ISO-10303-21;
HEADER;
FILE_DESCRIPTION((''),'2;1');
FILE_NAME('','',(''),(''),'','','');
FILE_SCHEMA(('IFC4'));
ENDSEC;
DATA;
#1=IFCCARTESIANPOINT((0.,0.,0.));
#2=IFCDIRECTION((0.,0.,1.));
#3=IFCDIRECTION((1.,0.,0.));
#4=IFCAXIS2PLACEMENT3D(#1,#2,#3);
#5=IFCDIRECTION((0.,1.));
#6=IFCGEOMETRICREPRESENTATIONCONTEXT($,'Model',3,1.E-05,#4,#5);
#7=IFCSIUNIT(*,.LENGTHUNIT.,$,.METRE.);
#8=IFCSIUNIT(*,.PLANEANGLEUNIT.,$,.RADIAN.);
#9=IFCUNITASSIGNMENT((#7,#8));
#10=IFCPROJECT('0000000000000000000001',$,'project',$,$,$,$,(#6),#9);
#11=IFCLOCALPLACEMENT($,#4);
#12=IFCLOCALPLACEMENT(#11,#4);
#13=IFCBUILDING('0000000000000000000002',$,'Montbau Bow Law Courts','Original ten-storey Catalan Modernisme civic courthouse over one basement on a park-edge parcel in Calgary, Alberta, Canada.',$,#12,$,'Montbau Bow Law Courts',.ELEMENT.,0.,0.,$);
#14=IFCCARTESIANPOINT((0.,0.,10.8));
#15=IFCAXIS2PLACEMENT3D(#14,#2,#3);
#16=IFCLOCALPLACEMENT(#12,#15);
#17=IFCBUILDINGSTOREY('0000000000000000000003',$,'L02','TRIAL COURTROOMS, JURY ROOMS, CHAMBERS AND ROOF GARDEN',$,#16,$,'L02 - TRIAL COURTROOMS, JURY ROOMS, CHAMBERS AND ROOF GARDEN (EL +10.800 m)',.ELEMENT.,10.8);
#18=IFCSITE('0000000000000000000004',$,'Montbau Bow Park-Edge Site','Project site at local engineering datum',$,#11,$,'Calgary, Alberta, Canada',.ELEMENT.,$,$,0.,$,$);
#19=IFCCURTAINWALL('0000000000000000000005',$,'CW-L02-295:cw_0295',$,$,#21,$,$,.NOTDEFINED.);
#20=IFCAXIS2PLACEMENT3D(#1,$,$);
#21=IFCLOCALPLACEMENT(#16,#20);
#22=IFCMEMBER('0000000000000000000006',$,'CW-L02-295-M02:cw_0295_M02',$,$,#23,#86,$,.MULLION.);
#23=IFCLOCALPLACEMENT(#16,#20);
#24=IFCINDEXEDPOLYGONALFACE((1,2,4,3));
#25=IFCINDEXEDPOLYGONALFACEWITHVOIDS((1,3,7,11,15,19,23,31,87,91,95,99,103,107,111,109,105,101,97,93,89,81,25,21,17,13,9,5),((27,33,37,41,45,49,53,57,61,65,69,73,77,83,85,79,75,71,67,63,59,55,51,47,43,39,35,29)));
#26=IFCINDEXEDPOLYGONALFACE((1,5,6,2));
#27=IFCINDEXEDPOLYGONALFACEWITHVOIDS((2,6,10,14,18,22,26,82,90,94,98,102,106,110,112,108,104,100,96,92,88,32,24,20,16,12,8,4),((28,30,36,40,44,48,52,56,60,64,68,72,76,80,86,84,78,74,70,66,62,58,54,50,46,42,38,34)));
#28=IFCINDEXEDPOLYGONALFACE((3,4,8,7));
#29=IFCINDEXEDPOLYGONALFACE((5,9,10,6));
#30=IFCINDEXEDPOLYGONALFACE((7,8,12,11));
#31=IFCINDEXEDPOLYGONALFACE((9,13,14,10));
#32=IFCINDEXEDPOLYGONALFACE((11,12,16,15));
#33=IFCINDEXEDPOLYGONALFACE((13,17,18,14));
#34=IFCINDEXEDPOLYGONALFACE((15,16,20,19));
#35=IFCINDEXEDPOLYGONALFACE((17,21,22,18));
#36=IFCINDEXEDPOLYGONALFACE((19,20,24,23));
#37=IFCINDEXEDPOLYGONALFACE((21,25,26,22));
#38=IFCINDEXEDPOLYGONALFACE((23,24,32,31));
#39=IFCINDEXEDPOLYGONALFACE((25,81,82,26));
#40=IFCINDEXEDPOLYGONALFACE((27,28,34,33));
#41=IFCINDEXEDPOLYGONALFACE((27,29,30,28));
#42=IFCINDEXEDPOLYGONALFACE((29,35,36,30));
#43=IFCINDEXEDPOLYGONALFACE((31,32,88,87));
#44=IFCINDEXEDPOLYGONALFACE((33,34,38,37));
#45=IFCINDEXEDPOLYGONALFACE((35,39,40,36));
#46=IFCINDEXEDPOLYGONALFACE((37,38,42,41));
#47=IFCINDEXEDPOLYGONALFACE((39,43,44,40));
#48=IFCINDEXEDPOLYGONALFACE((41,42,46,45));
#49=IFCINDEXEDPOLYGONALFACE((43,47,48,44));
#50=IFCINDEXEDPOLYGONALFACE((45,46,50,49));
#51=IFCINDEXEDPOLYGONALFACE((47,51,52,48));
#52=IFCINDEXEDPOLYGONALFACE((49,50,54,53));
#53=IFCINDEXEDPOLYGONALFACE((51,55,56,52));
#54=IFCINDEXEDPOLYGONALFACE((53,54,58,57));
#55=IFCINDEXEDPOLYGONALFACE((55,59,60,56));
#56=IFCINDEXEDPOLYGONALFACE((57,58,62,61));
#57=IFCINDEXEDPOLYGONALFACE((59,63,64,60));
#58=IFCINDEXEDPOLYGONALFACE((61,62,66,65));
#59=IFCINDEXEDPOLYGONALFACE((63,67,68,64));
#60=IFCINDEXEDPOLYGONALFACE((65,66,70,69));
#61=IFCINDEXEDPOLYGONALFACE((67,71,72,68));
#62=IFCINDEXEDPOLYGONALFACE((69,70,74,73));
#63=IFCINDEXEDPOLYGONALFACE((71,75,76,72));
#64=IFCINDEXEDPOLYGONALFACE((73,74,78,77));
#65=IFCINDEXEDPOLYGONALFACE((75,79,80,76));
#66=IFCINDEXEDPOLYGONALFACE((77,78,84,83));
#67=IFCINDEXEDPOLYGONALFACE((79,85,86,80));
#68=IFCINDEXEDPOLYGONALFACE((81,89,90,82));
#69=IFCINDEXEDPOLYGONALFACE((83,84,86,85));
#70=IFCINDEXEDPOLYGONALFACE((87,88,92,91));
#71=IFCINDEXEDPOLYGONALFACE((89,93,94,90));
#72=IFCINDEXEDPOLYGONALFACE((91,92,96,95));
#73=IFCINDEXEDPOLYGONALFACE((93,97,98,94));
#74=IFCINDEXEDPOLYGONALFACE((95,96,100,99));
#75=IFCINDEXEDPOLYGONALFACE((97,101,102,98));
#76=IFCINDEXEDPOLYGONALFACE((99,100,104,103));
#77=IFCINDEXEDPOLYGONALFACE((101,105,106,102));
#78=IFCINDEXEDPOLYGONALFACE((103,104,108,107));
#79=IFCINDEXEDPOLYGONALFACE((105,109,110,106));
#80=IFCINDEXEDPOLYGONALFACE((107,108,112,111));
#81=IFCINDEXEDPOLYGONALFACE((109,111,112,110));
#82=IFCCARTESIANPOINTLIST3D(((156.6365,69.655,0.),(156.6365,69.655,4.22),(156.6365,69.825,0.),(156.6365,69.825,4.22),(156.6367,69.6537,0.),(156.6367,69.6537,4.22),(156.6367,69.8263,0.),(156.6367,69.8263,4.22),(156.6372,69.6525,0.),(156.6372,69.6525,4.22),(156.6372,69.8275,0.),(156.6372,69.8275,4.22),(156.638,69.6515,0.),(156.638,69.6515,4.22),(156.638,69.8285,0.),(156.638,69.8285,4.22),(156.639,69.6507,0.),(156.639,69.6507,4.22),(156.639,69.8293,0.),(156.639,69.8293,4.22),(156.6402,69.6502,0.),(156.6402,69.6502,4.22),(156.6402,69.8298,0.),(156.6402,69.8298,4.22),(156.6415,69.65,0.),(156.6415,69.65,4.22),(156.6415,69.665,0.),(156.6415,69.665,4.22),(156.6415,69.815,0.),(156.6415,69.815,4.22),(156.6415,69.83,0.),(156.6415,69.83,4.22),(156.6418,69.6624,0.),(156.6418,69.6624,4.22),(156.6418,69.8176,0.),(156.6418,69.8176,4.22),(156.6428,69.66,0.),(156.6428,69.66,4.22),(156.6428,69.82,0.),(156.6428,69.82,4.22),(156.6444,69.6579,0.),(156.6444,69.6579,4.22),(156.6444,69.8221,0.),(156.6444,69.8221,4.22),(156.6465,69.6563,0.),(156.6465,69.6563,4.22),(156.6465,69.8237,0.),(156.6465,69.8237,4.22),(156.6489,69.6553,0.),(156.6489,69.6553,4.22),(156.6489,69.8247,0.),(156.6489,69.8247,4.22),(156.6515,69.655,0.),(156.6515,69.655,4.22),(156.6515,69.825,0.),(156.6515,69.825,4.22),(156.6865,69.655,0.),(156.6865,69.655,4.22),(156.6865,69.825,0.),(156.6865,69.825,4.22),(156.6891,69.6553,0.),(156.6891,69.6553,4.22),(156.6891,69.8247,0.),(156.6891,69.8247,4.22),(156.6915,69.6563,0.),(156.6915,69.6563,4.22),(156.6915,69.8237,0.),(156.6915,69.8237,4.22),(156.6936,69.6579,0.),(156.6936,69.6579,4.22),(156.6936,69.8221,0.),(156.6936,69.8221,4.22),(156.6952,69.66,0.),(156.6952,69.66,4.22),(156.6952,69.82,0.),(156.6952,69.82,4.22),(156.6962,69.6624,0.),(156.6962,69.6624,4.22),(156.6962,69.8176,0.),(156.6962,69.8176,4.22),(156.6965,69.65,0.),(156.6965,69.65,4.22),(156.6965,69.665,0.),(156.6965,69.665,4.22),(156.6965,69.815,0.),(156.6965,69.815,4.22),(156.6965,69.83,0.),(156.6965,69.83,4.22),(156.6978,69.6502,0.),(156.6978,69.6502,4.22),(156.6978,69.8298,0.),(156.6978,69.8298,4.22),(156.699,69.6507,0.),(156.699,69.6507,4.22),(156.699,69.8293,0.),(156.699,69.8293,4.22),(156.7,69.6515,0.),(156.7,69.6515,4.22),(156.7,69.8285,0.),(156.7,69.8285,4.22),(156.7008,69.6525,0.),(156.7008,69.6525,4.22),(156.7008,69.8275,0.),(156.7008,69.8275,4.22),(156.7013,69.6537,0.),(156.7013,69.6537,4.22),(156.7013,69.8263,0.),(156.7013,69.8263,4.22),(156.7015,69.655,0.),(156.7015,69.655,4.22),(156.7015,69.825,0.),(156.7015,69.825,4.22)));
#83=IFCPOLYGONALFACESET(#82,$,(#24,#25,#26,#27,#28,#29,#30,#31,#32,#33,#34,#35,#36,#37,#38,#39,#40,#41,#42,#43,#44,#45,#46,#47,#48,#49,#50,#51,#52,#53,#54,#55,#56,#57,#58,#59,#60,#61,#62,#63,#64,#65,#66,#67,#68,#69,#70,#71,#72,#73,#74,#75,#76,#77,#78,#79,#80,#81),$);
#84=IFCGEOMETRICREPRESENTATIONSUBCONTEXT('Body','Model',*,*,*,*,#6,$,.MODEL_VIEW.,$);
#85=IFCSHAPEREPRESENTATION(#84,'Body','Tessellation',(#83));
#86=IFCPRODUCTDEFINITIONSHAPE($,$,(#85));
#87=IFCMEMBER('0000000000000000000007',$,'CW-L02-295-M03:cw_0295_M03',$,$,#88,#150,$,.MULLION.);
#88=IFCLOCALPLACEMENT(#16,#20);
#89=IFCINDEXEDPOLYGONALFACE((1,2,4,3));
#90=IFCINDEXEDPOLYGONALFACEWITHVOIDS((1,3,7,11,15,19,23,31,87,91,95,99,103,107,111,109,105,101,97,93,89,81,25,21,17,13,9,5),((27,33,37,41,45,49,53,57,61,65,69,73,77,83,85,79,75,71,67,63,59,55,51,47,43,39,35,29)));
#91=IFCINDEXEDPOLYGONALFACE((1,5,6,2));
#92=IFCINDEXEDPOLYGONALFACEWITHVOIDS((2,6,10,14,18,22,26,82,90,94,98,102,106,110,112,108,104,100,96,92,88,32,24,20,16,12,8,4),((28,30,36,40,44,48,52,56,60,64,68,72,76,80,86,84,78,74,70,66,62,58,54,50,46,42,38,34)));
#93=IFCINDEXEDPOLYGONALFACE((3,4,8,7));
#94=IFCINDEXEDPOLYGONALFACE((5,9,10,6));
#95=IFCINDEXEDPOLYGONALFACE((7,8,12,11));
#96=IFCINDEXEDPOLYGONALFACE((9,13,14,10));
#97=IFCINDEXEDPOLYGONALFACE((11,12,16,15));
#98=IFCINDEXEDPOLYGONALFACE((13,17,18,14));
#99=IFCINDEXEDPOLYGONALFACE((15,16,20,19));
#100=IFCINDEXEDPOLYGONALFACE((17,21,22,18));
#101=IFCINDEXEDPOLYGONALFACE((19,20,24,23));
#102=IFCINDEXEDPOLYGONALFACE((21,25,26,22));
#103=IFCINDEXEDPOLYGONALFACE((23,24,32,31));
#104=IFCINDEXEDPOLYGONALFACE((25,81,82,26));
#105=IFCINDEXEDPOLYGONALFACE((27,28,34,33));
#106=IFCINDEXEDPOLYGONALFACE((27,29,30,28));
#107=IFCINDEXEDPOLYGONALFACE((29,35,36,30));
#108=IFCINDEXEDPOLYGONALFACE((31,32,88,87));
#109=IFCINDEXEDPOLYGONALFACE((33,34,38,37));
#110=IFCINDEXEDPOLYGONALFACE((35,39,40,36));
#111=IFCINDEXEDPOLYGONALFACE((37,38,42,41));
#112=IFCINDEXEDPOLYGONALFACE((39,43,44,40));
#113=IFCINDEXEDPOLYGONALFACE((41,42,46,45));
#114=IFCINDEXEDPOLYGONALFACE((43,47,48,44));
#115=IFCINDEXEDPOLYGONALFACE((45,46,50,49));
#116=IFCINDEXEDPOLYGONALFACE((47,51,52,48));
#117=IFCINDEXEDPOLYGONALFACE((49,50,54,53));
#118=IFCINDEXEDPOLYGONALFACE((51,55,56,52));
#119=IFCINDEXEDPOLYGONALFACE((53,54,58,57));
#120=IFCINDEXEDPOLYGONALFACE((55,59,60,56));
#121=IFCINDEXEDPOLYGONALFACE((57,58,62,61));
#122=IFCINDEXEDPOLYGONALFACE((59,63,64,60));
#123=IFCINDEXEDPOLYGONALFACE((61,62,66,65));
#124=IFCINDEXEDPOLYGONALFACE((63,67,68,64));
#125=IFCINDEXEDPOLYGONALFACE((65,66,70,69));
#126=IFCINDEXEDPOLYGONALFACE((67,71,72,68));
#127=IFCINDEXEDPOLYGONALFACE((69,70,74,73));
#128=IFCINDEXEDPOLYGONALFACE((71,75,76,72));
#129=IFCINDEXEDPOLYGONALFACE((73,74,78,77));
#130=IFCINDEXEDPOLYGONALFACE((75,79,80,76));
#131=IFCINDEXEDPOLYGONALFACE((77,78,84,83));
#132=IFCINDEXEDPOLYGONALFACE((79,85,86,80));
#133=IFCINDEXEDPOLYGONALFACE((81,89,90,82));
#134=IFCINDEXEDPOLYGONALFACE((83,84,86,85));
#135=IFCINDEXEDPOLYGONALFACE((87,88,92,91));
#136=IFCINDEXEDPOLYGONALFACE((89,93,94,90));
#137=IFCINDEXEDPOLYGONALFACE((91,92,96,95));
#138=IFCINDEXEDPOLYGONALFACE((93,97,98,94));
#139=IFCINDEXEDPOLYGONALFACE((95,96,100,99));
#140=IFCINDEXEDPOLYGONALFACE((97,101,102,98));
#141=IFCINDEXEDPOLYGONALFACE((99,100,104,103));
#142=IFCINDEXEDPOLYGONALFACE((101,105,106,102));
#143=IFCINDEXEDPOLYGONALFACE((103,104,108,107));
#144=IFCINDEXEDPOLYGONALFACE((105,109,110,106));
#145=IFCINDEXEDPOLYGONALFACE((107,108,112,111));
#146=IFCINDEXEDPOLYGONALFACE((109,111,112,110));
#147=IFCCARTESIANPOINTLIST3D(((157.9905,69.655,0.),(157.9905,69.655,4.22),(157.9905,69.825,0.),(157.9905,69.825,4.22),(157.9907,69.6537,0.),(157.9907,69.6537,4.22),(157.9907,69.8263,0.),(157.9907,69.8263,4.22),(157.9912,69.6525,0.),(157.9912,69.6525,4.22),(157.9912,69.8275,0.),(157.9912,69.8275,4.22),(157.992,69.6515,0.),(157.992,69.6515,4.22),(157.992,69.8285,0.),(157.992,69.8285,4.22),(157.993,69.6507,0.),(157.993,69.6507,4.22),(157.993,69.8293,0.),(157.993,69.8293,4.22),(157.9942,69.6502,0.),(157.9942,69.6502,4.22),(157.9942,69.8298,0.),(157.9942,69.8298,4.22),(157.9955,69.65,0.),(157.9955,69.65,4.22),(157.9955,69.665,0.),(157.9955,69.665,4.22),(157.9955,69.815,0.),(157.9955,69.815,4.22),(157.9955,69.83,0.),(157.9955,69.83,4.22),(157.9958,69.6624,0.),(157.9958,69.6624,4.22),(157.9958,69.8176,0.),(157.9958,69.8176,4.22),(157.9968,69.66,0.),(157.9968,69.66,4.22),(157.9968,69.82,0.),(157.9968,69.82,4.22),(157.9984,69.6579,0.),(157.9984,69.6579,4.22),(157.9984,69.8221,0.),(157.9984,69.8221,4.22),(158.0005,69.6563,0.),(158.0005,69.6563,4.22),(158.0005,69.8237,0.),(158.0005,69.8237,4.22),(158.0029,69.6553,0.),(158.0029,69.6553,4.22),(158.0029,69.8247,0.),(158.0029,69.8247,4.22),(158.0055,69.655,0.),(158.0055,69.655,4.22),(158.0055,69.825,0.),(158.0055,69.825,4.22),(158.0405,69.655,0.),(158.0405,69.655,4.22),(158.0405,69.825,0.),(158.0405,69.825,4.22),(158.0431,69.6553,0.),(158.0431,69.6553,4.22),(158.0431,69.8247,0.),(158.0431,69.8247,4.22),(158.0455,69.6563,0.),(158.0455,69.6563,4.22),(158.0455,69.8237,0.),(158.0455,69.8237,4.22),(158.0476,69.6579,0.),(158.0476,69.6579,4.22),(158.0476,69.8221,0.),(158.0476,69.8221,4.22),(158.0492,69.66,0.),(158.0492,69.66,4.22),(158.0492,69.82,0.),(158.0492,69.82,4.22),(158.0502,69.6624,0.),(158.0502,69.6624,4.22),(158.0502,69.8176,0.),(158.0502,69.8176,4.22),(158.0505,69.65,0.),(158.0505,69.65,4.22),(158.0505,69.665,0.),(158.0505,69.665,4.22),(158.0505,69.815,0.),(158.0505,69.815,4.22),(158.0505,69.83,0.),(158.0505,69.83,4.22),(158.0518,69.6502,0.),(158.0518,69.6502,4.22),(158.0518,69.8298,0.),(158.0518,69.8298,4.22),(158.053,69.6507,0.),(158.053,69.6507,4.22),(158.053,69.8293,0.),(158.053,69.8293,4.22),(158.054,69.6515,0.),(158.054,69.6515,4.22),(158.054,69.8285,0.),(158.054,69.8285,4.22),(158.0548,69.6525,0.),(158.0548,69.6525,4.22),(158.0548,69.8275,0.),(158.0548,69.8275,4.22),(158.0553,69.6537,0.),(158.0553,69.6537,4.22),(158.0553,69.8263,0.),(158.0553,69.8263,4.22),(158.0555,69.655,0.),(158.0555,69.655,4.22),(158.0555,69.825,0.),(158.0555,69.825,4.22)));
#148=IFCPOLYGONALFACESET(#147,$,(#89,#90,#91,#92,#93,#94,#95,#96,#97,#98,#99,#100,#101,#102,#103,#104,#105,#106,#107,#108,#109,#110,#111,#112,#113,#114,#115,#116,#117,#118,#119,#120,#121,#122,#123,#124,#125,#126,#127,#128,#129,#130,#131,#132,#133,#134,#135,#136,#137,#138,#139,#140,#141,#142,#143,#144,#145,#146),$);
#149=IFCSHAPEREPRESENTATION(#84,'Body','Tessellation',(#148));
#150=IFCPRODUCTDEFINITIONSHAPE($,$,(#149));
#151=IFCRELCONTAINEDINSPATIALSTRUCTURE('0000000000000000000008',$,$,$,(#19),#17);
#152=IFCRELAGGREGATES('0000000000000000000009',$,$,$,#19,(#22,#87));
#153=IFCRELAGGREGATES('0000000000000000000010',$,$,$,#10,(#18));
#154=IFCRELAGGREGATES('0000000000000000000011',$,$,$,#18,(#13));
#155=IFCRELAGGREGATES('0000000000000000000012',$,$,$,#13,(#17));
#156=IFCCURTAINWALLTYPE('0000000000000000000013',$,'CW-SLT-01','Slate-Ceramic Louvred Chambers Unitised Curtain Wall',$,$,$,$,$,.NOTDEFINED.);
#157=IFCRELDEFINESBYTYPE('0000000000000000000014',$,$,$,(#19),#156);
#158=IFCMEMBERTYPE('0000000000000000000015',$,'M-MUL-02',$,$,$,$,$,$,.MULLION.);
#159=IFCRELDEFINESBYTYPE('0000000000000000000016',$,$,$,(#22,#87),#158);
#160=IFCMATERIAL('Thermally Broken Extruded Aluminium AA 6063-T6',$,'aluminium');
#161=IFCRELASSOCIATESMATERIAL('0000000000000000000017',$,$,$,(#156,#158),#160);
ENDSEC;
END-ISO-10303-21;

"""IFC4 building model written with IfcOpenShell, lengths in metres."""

from ifc_helpers import new_model, si_unit, direction, frame, origin_with_axes, origin_2d_with_axis, place, context, subcontext, project, spatial, hollow_rectangle, extrude, material, material_profile, profile_set, type_object, element, aggregate, save


model = new_model("IFC4")

# Units and contexts
model_context = context("Model", 3, precision=1e-05, world=origin_with_axes(), true_north=direction((0.0, 1.0)))
body_context = subcontext(model_context, "Body", "Model", "MODEL_VIEW")
ifc_project = project(units=[si_unit("LENGTHUNIT", "METRE"), si_unit("PLANEANGLEUNIT", "RADIAN")], contexts=[model_context])

# Site, building, storey
site_placement = place(None, origin_with_axes())
site = spatial("IfcSite", under=ifc_project, at=site_placement, Name="Montbau Bow Park-Edge Site", Description="Project site at local engineering datum", LongName="Calgary, Alberta, Canada", CompositionType="ELEMENT", RefElevation=0.0)
building_placement = place(site_placement, origin_with_axes())
building = spatial("IfcBuilding", under=site, at=building_placement, Name="Montbau Bow Law Courts", Description="Original ten-storey Catalan Modernisme civic courthouse over one basement on a park-edge parcel in Calgary, Alberta, Canada.", LongName="Montbau Bow Law Courts", CompositionType="ELEMENT", ElevationOfRefHeight=0.0, ElevationOfTerrain=0.0)
storey_placement = place(building_placement, frame((0.0, 0.0, 10.8), z_axis=(0.0, 0.0, 1.0), x_axis=(1.0, 0.0, 0.0)))
storey = spatial("IfcBuildingStorey", under=building, at=storey_placement, Name="L02", Description="TRIAL COURTROOMS, JURY ROOMS, CHAMBERS AND ROOF GARDEN", LongName="L02 - TRIAL COURTROOMS, JURY ROOMS, CHAMBERS AND ROOF GARDEN (EL +10.800 m)", CompositionType="ELEMENT", Elevation=10.8)

# Shared definitions
ifc_material_1 = material(Name="Thermally Broken Extruded Aluminium AA 6063-T6", Category="aluminium")
curtain_wall_type = type_object("IfcCurtainWallType", Name="CW-SLT-01", Description="Slate-Ceramic Louvred Chambers Unitised Curtain Wall", PredefinedType="NOTDEFINED", material=ifc_material_1)

# Curtain wall, members
curtain_wall_1_placement = place(None, frame((155.315, 69.74, 10.8), z_axis=(0.0, 0.0, 1.0), x_axis=(1.0, 0.0, 0.0)))
curtain_wall_1 = element("IfcCurtainWall", 1, at=curtain_wall_1_placement, inside=storey, type_object=curtain_wall_type, Name="CW-L02-295:cw_0295", PredefinedType="NOTDEFINED")
ifc_material_profile_1 = material_profile(ifc_material_1, hollow_rectangle(XDim=0.065, YDim=0.18, WallThickness=0.005, InnerFilletRadius=0.01, OuterFilletRadius=0.005, at=origin_2d_with_axis()), Name="CWM-180X65", Category="Main", Priority=0)
ifc_profile_set_1 = profile_set([ifc_material_profile_1], Name="Thermally Broken Extruded Aluminium AA 6063-T6")
member_type_1 = type_object("IfcMemberType", Name="M-MUL-02", PredefinedType="MULLION", material=ifc_profile_set_1)
member_1_placement = place(None, frame((156.669, 69.74, 10.8), z_axis=(0.0, 0.0, 1.0), x_axis=(1.0, 0.0, 0.0)))
member_1 = element("IfcMember", 2, at=member_1_placement, type_object=member_type_1, Name="CW-L02-295-M02:cw_0295_M02", PredefinedType="MULLION", context=body_context, shape_type="SweptSolid", body=[
    extrude(hollow_rectangle(XDim=0.065, YDim=0.18, WallThickness=0.005, InnerFilletRadius=0.01, OuterFilletRadius=0.005, at=origin_2d_with_axis()), origin_with_axes(), (0.0, 0.0, 1.0), 4.22),
])
member_2_placement = place(None, frame((158.023, 69.74, 10.8), z_axis=(0.0, 0.0, 1.0), x_axis=(1.0, 0.0, 0.0)))
member_2 = element("IfcMember", 3, at=member_2_placement, type_object=member_type_1, Name="CW-L02-295-M03:cw_0295_M03", PredefinedType="MULLION", context=body_context, shape_type="SweptSolid", body=[
    extrude(hollow_rectangle(XDim=0.065, YDim=0.18, WallThickness=0.005, InnerFilletRadius=0.01, OuterFilletRadius=0.005, at=origin_2d_with_axis()), origin_with_axes(), (0.0, 0.0, 1.0), 4.22),
])
aggregate(curtain_wall_1, [member_1, member_2])

save(model, "model.ifc")
